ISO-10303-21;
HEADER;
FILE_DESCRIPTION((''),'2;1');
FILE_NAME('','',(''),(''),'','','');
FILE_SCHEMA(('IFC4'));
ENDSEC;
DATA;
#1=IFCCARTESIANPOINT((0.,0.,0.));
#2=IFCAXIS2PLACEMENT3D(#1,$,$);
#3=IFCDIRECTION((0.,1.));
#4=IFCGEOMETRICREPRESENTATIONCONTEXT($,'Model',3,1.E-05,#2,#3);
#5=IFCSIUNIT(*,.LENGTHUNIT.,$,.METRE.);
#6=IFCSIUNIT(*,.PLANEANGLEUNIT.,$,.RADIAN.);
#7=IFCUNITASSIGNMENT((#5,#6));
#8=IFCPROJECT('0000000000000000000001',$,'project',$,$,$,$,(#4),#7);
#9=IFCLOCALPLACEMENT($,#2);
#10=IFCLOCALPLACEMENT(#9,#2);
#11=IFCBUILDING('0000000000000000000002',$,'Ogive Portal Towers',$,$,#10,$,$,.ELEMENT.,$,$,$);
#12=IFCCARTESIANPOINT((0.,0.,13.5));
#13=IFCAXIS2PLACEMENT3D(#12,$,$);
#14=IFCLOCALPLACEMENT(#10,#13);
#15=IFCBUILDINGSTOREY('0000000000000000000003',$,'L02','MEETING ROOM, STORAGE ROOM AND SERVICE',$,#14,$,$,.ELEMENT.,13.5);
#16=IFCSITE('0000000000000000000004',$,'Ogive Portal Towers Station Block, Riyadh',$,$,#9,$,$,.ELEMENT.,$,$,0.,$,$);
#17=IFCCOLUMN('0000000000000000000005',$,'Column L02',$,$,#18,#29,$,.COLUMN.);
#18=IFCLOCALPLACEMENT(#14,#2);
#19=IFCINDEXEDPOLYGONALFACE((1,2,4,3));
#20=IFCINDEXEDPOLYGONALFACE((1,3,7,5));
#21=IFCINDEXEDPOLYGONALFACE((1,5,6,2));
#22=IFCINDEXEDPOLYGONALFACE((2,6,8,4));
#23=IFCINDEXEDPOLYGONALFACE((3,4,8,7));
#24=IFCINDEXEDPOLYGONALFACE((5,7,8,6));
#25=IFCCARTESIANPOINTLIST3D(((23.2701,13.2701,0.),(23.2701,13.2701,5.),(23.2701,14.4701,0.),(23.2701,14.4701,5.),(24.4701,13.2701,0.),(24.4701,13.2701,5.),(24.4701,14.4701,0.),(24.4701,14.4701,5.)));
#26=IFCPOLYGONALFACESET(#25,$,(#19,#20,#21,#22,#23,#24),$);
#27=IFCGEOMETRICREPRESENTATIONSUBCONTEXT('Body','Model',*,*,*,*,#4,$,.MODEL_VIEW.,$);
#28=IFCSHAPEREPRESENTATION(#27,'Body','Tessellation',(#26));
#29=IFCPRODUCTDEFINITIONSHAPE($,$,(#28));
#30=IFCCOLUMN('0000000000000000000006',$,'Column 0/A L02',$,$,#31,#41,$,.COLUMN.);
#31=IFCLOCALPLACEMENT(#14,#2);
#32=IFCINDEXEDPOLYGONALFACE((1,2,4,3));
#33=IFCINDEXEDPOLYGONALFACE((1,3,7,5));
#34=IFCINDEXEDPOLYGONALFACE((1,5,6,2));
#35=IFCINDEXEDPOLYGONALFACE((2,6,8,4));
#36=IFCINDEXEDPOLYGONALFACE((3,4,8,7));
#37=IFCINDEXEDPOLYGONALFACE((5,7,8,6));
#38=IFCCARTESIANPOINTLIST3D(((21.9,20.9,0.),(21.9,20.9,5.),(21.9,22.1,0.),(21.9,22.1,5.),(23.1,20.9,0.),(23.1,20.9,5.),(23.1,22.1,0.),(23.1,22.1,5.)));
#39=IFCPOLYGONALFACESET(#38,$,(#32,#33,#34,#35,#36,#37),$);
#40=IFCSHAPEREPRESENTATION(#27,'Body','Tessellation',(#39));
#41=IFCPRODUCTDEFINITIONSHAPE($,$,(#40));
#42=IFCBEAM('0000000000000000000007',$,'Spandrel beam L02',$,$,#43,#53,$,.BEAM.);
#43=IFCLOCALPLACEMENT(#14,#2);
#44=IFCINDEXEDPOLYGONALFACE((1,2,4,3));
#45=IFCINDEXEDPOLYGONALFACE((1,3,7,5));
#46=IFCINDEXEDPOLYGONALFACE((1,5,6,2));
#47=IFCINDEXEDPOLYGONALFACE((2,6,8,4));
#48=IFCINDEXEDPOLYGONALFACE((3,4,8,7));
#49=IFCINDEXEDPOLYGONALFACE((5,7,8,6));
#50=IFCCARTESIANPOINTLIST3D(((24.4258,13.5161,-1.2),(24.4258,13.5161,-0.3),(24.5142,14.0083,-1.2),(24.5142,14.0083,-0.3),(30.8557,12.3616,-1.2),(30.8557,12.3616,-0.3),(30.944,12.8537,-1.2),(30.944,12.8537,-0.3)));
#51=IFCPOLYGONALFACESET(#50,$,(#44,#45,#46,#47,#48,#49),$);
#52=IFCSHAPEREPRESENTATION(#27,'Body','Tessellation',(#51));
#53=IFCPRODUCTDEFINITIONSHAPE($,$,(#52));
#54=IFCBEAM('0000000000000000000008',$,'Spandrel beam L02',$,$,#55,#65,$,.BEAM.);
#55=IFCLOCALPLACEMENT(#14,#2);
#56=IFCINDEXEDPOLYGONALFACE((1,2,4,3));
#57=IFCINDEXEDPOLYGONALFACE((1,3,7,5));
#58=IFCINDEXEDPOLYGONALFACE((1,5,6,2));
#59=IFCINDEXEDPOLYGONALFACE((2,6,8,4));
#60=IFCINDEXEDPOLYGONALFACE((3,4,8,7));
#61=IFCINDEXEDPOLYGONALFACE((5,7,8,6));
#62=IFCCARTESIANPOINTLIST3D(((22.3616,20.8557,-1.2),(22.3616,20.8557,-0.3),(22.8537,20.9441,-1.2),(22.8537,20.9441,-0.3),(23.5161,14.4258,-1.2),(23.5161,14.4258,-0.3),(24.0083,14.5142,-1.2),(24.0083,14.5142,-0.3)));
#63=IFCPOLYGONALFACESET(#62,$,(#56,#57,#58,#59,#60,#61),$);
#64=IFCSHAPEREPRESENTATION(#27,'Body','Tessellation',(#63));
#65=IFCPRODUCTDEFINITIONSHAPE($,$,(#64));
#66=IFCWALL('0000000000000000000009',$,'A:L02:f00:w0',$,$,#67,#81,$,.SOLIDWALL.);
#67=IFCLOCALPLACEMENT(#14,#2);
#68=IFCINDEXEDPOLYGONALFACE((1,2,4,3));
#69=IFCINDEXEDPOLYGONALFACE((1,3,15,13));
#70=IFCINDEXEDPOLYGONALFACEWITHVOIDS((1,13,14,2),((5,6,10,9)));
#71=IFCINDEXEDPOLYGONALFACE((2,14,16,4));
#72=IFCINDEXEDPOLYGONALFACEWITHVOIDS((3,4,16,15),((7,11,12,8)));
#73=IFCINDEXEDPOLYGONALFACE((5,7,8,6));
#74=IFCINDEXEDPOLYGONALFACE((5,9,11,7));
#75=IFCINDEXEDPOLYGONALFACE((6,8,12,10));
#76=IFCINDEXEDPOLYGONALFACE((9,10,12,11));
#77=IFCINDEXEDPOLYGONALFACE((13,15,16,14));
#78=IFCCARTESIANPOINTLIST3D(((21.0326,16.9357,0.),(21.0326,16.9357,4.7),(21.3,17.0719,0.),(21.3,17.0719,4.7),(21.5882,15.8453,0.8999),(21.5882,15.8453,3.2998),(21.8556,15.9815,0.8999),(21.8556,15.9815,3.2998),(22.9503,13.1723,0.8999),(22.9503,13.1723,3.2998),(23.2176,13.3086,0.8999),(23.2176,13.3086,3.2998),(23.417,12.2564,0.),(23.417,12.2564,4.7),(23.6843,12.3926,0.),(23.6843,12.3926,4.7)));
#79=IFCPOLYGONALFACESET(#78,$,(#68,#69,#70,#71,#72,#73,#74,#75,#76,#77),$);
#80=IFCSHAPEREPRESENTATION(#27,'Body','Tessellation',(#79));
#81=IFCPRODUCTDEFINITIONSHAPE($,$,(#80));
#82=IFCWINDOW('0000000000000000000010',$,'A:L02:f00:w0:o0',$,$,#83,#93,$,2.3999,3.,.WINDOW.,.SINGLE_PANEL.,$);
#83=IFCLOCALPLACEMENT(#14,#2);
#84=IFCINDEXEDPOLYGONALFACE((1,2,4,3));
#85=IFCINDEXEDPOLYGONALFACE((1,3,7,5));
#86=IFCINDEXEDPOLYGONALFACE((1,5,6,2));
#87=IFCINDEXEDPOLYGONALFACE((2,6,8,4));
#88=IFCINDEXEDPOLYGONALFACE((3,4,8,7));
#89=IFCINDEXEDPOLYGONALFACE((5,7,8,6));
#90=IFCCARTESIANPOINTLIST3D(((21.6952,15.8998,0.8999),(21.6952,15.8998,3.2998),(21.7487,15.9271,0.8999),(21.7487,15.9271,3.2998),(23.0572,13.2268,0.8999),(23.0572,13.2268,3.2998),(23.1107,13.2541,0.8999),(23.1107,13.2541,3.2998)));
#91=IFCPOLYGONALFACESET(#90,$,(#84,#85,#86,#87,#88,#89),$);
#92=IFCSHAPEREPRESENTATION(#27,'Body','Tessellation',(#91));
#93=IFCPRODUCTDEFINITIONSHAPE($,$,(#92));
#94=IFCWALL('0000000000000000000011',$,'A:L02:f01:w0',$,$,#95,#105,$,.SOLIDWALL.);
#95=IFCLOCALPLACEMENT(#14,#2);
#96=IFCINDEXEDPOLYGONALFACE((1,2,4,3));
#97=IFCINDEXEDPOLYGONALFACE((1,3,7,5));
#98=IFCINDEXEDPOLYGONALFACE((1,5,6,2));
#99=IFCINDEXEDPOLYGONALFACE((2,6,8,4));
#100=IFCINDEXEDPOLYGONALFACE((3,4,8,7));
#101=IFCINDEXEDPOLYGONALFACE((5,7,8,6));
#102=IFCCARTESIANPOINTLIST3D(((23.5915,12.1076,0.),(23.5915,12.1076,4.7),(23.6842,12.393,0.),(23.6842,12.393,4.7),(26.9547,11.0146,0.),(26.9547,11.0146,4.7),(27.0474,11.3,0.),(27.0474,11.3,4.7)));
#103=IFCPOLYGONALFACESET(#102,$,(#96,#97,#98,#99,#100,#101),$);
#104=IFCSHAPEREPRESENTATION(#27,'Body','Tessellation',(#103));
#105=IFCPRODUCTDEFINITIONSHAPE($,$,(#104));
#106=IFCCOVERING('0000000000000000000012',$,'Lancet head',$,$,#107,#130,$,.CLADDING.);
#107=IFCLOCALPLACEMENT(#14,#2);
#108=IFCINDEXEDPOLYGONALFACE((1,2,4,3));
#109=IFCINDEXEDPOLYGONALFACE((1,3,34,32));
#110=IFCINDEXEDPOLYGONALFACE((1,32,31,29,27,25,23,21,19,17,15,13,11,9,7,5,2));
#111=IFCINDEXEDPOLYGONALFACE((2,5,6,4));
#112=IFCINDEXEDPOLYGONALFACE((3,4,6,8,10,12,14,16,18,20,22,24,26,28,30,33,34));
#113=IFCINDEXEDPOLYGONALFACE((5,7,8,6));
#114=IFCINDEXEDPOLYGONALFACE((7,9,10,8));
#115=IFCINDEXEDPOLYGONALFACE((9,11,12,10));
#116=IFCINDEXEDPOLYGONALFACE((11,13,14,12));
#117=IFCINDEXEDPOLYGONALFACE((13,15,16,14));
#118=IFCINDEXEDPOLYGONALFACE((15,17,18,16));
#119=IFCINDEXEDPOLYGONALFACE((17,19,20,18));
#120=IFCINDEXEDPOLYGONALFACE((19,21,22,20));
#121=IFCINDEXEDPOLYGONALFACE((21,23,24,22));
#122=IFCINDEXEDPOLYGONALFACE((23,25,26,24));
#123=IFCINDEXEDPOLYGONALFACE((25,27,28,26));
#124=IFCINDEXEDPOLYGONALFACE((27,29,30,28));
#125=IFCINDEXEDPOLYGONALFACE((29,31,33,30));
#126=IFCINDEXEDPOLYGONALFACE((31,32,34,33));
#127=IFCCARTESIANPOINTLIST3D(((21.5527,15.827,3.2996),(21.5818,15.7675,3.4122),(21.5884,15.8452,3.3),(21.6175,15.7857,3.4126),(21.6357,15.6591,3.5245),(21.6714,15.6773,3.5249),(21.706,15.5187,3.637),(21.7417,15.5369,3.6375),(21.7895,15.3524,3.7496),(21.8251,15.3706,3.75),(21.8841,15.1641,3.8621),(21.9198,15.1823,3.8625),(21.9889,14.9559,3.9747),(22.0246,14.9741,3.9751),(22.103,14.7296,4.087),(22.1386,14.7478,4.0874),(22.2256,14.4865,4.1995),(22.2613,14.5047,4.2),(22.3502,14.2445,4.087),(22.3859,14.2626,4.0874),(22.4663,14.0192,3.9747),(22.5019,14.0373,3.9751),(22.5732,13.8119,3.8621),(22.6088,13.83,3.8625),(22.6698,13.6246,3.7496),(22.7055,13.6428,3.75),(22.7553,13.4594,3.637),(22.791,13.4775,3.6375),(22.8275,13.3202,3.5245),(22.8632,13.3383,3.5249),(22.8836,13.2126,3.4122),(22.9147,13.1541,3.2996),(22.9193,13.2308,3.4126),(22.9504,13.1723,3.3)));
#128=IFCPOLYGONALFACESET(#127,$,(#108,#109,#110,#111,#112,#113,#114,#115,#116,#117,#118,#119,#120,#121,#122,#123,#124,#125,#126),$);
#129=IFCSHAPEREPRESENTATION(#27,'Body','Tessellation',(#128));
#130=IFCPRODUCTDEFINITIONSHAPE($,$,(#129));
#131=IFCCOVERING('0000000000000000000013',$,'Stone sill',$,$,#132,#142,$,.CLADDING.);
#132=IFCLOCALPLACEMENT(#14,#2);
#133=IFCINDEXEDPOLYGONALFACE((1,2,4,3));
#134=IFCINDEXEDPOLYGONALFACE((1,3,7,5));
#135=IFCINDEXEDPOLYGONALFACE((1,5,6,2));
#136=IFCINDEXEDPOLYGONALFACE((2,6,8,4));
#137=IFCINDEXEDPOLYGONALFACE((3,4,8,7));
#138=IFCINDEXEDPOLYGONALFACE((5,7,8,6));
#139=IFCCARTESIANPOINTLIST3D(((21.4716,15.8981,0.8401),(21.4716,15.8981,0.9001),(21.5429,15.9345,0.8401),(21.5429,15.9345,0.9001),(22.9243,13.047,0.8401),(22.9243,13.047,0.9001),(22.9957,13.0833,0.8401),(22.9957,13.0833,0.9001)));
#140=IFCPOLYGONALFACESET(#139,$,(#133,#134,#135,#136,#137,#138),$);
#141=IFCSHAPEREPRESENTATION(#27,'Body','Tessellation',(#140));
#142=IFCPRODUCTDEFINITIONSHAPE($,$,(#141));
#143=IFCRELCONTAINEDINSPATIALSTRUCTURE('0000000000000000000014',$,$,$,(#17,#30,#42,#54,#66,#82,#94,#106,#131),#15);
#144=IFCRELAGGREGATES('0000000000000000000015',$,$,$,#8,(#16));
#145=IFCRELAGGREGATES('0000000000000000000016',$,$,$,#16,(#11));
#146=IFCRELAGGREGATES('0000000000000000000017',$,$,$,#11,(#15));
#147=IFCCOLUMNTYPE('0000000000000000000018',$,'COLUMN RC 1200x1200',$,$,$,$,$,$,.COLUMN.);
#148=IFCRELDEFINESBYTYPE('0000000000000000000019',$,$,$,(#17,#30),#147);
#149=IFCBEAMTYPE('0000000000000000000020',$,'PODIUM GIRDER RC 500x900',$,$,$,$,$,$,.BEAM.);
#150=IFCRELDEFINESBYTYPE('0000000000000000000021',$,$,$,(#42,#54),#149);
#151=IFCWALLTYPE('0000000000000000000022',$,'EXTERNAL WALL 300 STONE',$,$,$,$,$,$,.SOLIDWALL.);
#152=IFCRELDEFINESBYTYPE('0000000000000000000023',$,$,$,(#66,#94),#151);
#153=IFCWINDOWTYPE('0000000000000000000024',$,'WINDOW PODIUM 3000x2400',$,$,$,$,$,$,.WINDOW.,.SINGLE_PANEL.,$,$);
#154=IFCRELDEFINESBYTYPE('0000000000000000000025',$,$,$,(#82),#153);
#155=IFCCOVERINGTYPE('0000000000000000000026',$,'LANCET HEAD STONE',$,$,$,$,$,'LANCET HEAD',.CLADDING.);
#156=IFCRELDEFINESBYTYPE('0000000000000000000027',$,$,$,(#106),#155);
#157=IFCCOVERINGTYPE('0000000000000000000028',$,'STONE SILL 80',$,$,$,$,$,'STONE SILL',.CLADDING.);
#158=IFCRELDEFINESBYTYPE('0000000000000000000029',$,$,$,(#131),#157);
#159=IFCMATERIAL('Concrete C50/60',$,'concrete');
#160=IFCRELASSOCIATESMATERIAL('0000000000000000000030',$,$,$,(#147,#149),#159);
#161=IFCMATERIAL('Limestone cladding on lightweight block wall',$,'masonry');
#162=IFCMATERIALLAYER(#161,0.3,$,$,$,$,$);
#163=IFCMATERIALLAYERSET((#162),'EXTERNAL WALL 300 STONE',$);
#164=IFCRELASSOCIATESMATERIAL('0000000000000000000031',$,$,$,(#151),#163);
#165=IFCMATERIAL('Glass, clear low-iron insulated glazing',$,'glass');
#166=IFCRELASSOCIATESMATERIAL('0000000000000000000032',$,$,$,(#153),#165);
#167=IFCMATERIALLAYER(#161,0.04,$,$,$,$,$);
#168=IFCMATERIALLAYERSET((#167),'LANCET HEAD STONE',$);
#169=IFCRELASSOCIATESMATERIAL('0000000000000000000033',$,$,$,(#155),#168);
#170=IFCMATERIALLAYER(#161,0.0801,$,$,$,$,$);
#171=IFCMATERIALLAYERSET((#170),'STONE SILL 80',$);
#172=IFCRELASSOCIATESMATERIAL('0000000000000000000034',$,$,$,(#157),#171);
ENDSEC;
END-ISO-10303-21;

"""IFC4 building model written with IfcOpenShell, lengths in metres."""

from ifc_helpers import new_model, si_unit, direction, frame, frame_2d, origin, origin_2d, place, context, subcontext, project, spatial, polyline, rectangle, outline, extrude, material, layer, layer_set, material_profile, profile_set, type_object, element, fill, save


model = new_model("IFC4")

# Units and contexts
model_context = context("Model", 3, precision=1e-05, world=origin(), true_north=direction((0.0, 1.0)))
body_context = subcontext(model_context, "Body", "Model", "MODEL_VIEW")
ifc_project = project(units=[si_unit("LENGTHUNIT", "METRE"), si_unit("PLANEANGLEUNIT", "RADIAN")], contexts=[model_context])

# Site, building, storey
site_placement = place(None, origin())
site = spatial("IfcSite", under=ifc_project, at=site_placement, Name="Ogive Portal Towers Station Block, Riyadh", CompositionType="ELEMENT", RefElevation=0.0)
building_placement = place(site_placement, origin())
building = spatial("IfcBuilding", under=site, at=building_placement, Name="Ogive Portal Towers", CompositionType="ELEMENT")
storey_placement = place(building_placement, frame((0.0, 0.0, 13.5)))
storey = spatial("IfcBuildingStorey", under=building, at=storey_placement, Name="L02", Description="MEETING ROOM, STORAGE ROOM AND SERVICE", CompositionType="ELEMENT", Elevation=13.5)

# Columns
ifc_material_1 = material(Name="Concrete C50/60", Category="concrete")
ifc_material_profile_1 = material_profile(ifc_material_1, rectangle(XDim=1.2, YDim=1.2, at=origin_2d()), Name="RC 1200x1200")
ifc_profile_set_1 = profile_set([ifc_material_profile_1], Name="Concrete C50/60")
column_type = type_object("IfcColumnType", Name="COLUMN RC 1200x1200", PredefinedType="COLUMN", material=ifc_profile_set_1)
for number, where, z_axis, x_axis, name in (
    (1, (23.8701, 13.8701, 0.0), (0.0, 0.0, 1.0), (1.0, 0.0, 0.0), "Column L02"),
    (2, (22.5, 21.5, 0.0), (0.0, 0.0, 1.0), (1.0, 0.0, 0.0), "Column 0/A L02"),
):
    element("IfcColumn", number, at=place(storey_placement, frame(where, z_axis=z_axis, x_axis=x_axis)), inside=storey, type_object=column_type, Name=name, PredefinedType="COLUMN", context=body_context, shape_type="SweptSolid", body=[
        extrude(rectangle(XDim=1.2, YDim=1.2, at=origin_2d()), origin(), (0.0, 0.0, 1.0), 5.0),
    ])

# Beams
ifc_material_profile_2 = material_profile(ifc_material_1, rectangle(XDim=0.5, YDim=0.8999, at=origin_2d()), Name="RC 500x900")
ifc_profile_set_2 = profile_set([ifc_material_profile_2], Name="Concrete C50/60")
beam_type = type_object("IfcBeamType", Name="PODIUM GIRDER RC 500x900", PredefinedType="BEAM", material=ifc_profile_set_2)
for number, where, z_axis, x_axis, name in (
    (3, (24.47, 13.7622, -0.75), (0.984259, -0.176731, 0.0), (0.176731, 0.984259, 0.0), "Spandrel beam L02"),
    (4, (22.6077, 20.8999, -0.75), (0.176731, -0.984259, 0.0), (0.984259, 0.176731, 0.0), "Spandrel beam L02"),
):
    element("IfcBeam", number, at=place(storey_placement, frame(where, z_axis=z_axis, x_axis=x_axis)), inside=storey, type_object=beam_type, Name=name, PredefinedType="BEAM", context=body_context, shape_type="SweptSolid", body=[
        extrude(rectangle(XDim=0.5, YDim=0.8999, at=origin_2d()), origin(), (0.0, 0.0, 1.0), 6.5327),
    ])

# Wall, opening, window
ifc_material_2 = material(Name="Limestone cladding on lightweight block wall", Category="masonry")
ifc_layer_1 = layer(ifc_material_2, 0.3)
ifc_layer_set_1 = layer_set([ifc_layer_1], Name="EXTERNAL WALL 300 STONE")
wall_type = type_object("IfcWallType", Name="EXTERNAL WALL 300 STONE", PredefinedType="SOLIDWALL", material=ifc_layer_set_1)
wall_1_placement = place(storey_placement, frame((21.1663, 17.0039, 0.0), z_axis=(0.0, 0.0, 1.0), x_axis=(0.454007, -0.890998, 0.0)))
wall_1 = element("IfcWall", 5, at=wall_1_placement, inside=storey, type_object=wall_type, Name="A:L02:f00:w0", PredefinedType="SOLIDWALL", context=body_context, shape_type="SweptSolid", body=[
    extrude(rectangle(XDim=5.2517, YDim=0.3, at=frame_2d((2.626, 0.0))), origin(), (0.0, 0.0, 1.0), 4.7),
])
opening_placement = place(wall_1_placement, frame((1.2239, 0.0, 0.8999)))
opening = element("IfcOpeningElement", 6, at=opening_placement, cuts=wall_1, PredefinedType="OPENING", context=body_context, shape_type="SweptSolid", body=[
    extrude(rectangle(XDim=3.0, YDim=2.3999, at=frame_2d((1.5, 1.2))), frame((0.0, 0.1602, 0.0), z_axis=(0.0, -1.0, 0.0), x_axis=(1.0, 0.0, 0.0)), (0.0, 0.0, 1.0), 0.3201),
])
ifc_material_3 = material(Name="Glass, clear low-iron insulated glazing", Category="glass")
window_type = type_object("IfcWindowType", Name="WINDOW PODIUM 3000x2400", PartitioningType="SINGLE_PANEL", PredefinedType="WINDOW", material=ifc_material_3)
window_placement = place(opening_placement, origin())
window = element("IfcWindow", 7, at=window_placement, inside=storey, type_object=window_type, Name="A:L02:f00:w0:o0", OverallHeight=2.3999, OverallWidth=3.0, PartitioningType="SINGLE_PANEL", PredefinedType="WINDOW", context=body_context, shape_type="SweptSolid", body=[
    extrude(rectangle(XDim=3.0, YDim=2.3999, at=frame_2d((1.5, 1.2))), frame((0.0, 0.03, 0.0), z_axis=(0.0, -1.0, 0.0), x_axis=(1.0, 0.0, 0.0)), (0.0, 0.0, 1.0), 0.0601),
])
fill(opening, window)

# Wall
wall_2_placement = place(storey_placement, frame((23.6379, 12.2502, 0.0), z_axis=(0.0, 0.0, 1.0), x_axis=(0.951038, -0.309074, 0.0)))
element("IfcWall", 8, at=wall_2_placement, inside=storey, type_object=wall_type, Name="A:L02:f01:w0", PredefinedType="SOLIDWALL", context=body_context, shape_type="SweptSolid", body=[
    extrude(rectangle(XDim=3.5364, YDim=0.3, at=frame_2d((1.7681, 0.0))), origin(), (0.0, 0.0, 1.0), 4.7),
])

# Coverings
ifc_layer_2 = layer(ifc_material_2, 0.04)
ifc_layer_set_2 = layer_set([ifc_layer_2], Name="LANCET HEAD STONE")
covering_type_1 = type_object("IfcCoveringType", Name="LANCET HEAD STONE", ElementType="LANCET HEAD", PredefinedType="CLADDING", material=ifc_layer_set_2)
covering_1_placement = place(storey_placement, frame((21.5884, 15.8452, 3.3), z_axis=(0.890951, 0.453987, 0.010108), x_axis=(0.45401, -0.890997, 0.0)))
element("IfcCovering", 9, at=covering_1_placement, inside=storey, type_object=covering_type_1, Name="Lancet head", PredefinedType="CLADDING", context=body_context, shape_type="SweptSolid", body=[
    extrude(outline(polyline([(0.0, 0.0), (2.9999, 0.0), (2.9337, -0.1126), (2.8124, -0.2249), (2.6556, -0.3374), (2.4695, -0.45), (2.2588, -0.5625), (2.0256, -0.6751), (1.7721, -0.7874), (1.4999, -0.8999), (1.2276, -0.7874), (0.9742, -0.6751), (0.7411, -0.5625), (0.5304, -0.45), (0.3443, -0.3374), (0.1873, -0.2249), (0.0663, -0.1126), (0.0, 0.0)])), origin(), (0.0, 0.0, -1.0), 0.04),
])
ifc_layer_3 = layer(ifc_material_2, 0.0801)
ifc_layer_set_3 = layer_set([ifc_layer_3], Name="STONE SILL 80")
covering_type_2 = type_object("IfcCoveringType", Name="STONE SILL 80", ElementType="STONE SILL", PredefinedType="CLADDING", material=ifc_layer_set_3)
covering_2_placement = place(storey_placement, frame((22.2336, 14.4907, 0.8401), z_axis=(0.0, 0.0, 1.0), x_axis=(0.45399, -0.891007, 0.0)))
element("IfcCovering", 10, at=covering_2_placement, inside=storey, type_object=covering_type_2, Name="Stone sill", PredefinedType="CLADDING", context=body_context, shape_type="SweptSolid", body=[
    extrude(rectangle(XDim=3.2, YDim=0.0801, at=origin_2d()), origin(), (0.0, 0.0, 1.0), 0.0601),
])

save(model, "model.ifc")
